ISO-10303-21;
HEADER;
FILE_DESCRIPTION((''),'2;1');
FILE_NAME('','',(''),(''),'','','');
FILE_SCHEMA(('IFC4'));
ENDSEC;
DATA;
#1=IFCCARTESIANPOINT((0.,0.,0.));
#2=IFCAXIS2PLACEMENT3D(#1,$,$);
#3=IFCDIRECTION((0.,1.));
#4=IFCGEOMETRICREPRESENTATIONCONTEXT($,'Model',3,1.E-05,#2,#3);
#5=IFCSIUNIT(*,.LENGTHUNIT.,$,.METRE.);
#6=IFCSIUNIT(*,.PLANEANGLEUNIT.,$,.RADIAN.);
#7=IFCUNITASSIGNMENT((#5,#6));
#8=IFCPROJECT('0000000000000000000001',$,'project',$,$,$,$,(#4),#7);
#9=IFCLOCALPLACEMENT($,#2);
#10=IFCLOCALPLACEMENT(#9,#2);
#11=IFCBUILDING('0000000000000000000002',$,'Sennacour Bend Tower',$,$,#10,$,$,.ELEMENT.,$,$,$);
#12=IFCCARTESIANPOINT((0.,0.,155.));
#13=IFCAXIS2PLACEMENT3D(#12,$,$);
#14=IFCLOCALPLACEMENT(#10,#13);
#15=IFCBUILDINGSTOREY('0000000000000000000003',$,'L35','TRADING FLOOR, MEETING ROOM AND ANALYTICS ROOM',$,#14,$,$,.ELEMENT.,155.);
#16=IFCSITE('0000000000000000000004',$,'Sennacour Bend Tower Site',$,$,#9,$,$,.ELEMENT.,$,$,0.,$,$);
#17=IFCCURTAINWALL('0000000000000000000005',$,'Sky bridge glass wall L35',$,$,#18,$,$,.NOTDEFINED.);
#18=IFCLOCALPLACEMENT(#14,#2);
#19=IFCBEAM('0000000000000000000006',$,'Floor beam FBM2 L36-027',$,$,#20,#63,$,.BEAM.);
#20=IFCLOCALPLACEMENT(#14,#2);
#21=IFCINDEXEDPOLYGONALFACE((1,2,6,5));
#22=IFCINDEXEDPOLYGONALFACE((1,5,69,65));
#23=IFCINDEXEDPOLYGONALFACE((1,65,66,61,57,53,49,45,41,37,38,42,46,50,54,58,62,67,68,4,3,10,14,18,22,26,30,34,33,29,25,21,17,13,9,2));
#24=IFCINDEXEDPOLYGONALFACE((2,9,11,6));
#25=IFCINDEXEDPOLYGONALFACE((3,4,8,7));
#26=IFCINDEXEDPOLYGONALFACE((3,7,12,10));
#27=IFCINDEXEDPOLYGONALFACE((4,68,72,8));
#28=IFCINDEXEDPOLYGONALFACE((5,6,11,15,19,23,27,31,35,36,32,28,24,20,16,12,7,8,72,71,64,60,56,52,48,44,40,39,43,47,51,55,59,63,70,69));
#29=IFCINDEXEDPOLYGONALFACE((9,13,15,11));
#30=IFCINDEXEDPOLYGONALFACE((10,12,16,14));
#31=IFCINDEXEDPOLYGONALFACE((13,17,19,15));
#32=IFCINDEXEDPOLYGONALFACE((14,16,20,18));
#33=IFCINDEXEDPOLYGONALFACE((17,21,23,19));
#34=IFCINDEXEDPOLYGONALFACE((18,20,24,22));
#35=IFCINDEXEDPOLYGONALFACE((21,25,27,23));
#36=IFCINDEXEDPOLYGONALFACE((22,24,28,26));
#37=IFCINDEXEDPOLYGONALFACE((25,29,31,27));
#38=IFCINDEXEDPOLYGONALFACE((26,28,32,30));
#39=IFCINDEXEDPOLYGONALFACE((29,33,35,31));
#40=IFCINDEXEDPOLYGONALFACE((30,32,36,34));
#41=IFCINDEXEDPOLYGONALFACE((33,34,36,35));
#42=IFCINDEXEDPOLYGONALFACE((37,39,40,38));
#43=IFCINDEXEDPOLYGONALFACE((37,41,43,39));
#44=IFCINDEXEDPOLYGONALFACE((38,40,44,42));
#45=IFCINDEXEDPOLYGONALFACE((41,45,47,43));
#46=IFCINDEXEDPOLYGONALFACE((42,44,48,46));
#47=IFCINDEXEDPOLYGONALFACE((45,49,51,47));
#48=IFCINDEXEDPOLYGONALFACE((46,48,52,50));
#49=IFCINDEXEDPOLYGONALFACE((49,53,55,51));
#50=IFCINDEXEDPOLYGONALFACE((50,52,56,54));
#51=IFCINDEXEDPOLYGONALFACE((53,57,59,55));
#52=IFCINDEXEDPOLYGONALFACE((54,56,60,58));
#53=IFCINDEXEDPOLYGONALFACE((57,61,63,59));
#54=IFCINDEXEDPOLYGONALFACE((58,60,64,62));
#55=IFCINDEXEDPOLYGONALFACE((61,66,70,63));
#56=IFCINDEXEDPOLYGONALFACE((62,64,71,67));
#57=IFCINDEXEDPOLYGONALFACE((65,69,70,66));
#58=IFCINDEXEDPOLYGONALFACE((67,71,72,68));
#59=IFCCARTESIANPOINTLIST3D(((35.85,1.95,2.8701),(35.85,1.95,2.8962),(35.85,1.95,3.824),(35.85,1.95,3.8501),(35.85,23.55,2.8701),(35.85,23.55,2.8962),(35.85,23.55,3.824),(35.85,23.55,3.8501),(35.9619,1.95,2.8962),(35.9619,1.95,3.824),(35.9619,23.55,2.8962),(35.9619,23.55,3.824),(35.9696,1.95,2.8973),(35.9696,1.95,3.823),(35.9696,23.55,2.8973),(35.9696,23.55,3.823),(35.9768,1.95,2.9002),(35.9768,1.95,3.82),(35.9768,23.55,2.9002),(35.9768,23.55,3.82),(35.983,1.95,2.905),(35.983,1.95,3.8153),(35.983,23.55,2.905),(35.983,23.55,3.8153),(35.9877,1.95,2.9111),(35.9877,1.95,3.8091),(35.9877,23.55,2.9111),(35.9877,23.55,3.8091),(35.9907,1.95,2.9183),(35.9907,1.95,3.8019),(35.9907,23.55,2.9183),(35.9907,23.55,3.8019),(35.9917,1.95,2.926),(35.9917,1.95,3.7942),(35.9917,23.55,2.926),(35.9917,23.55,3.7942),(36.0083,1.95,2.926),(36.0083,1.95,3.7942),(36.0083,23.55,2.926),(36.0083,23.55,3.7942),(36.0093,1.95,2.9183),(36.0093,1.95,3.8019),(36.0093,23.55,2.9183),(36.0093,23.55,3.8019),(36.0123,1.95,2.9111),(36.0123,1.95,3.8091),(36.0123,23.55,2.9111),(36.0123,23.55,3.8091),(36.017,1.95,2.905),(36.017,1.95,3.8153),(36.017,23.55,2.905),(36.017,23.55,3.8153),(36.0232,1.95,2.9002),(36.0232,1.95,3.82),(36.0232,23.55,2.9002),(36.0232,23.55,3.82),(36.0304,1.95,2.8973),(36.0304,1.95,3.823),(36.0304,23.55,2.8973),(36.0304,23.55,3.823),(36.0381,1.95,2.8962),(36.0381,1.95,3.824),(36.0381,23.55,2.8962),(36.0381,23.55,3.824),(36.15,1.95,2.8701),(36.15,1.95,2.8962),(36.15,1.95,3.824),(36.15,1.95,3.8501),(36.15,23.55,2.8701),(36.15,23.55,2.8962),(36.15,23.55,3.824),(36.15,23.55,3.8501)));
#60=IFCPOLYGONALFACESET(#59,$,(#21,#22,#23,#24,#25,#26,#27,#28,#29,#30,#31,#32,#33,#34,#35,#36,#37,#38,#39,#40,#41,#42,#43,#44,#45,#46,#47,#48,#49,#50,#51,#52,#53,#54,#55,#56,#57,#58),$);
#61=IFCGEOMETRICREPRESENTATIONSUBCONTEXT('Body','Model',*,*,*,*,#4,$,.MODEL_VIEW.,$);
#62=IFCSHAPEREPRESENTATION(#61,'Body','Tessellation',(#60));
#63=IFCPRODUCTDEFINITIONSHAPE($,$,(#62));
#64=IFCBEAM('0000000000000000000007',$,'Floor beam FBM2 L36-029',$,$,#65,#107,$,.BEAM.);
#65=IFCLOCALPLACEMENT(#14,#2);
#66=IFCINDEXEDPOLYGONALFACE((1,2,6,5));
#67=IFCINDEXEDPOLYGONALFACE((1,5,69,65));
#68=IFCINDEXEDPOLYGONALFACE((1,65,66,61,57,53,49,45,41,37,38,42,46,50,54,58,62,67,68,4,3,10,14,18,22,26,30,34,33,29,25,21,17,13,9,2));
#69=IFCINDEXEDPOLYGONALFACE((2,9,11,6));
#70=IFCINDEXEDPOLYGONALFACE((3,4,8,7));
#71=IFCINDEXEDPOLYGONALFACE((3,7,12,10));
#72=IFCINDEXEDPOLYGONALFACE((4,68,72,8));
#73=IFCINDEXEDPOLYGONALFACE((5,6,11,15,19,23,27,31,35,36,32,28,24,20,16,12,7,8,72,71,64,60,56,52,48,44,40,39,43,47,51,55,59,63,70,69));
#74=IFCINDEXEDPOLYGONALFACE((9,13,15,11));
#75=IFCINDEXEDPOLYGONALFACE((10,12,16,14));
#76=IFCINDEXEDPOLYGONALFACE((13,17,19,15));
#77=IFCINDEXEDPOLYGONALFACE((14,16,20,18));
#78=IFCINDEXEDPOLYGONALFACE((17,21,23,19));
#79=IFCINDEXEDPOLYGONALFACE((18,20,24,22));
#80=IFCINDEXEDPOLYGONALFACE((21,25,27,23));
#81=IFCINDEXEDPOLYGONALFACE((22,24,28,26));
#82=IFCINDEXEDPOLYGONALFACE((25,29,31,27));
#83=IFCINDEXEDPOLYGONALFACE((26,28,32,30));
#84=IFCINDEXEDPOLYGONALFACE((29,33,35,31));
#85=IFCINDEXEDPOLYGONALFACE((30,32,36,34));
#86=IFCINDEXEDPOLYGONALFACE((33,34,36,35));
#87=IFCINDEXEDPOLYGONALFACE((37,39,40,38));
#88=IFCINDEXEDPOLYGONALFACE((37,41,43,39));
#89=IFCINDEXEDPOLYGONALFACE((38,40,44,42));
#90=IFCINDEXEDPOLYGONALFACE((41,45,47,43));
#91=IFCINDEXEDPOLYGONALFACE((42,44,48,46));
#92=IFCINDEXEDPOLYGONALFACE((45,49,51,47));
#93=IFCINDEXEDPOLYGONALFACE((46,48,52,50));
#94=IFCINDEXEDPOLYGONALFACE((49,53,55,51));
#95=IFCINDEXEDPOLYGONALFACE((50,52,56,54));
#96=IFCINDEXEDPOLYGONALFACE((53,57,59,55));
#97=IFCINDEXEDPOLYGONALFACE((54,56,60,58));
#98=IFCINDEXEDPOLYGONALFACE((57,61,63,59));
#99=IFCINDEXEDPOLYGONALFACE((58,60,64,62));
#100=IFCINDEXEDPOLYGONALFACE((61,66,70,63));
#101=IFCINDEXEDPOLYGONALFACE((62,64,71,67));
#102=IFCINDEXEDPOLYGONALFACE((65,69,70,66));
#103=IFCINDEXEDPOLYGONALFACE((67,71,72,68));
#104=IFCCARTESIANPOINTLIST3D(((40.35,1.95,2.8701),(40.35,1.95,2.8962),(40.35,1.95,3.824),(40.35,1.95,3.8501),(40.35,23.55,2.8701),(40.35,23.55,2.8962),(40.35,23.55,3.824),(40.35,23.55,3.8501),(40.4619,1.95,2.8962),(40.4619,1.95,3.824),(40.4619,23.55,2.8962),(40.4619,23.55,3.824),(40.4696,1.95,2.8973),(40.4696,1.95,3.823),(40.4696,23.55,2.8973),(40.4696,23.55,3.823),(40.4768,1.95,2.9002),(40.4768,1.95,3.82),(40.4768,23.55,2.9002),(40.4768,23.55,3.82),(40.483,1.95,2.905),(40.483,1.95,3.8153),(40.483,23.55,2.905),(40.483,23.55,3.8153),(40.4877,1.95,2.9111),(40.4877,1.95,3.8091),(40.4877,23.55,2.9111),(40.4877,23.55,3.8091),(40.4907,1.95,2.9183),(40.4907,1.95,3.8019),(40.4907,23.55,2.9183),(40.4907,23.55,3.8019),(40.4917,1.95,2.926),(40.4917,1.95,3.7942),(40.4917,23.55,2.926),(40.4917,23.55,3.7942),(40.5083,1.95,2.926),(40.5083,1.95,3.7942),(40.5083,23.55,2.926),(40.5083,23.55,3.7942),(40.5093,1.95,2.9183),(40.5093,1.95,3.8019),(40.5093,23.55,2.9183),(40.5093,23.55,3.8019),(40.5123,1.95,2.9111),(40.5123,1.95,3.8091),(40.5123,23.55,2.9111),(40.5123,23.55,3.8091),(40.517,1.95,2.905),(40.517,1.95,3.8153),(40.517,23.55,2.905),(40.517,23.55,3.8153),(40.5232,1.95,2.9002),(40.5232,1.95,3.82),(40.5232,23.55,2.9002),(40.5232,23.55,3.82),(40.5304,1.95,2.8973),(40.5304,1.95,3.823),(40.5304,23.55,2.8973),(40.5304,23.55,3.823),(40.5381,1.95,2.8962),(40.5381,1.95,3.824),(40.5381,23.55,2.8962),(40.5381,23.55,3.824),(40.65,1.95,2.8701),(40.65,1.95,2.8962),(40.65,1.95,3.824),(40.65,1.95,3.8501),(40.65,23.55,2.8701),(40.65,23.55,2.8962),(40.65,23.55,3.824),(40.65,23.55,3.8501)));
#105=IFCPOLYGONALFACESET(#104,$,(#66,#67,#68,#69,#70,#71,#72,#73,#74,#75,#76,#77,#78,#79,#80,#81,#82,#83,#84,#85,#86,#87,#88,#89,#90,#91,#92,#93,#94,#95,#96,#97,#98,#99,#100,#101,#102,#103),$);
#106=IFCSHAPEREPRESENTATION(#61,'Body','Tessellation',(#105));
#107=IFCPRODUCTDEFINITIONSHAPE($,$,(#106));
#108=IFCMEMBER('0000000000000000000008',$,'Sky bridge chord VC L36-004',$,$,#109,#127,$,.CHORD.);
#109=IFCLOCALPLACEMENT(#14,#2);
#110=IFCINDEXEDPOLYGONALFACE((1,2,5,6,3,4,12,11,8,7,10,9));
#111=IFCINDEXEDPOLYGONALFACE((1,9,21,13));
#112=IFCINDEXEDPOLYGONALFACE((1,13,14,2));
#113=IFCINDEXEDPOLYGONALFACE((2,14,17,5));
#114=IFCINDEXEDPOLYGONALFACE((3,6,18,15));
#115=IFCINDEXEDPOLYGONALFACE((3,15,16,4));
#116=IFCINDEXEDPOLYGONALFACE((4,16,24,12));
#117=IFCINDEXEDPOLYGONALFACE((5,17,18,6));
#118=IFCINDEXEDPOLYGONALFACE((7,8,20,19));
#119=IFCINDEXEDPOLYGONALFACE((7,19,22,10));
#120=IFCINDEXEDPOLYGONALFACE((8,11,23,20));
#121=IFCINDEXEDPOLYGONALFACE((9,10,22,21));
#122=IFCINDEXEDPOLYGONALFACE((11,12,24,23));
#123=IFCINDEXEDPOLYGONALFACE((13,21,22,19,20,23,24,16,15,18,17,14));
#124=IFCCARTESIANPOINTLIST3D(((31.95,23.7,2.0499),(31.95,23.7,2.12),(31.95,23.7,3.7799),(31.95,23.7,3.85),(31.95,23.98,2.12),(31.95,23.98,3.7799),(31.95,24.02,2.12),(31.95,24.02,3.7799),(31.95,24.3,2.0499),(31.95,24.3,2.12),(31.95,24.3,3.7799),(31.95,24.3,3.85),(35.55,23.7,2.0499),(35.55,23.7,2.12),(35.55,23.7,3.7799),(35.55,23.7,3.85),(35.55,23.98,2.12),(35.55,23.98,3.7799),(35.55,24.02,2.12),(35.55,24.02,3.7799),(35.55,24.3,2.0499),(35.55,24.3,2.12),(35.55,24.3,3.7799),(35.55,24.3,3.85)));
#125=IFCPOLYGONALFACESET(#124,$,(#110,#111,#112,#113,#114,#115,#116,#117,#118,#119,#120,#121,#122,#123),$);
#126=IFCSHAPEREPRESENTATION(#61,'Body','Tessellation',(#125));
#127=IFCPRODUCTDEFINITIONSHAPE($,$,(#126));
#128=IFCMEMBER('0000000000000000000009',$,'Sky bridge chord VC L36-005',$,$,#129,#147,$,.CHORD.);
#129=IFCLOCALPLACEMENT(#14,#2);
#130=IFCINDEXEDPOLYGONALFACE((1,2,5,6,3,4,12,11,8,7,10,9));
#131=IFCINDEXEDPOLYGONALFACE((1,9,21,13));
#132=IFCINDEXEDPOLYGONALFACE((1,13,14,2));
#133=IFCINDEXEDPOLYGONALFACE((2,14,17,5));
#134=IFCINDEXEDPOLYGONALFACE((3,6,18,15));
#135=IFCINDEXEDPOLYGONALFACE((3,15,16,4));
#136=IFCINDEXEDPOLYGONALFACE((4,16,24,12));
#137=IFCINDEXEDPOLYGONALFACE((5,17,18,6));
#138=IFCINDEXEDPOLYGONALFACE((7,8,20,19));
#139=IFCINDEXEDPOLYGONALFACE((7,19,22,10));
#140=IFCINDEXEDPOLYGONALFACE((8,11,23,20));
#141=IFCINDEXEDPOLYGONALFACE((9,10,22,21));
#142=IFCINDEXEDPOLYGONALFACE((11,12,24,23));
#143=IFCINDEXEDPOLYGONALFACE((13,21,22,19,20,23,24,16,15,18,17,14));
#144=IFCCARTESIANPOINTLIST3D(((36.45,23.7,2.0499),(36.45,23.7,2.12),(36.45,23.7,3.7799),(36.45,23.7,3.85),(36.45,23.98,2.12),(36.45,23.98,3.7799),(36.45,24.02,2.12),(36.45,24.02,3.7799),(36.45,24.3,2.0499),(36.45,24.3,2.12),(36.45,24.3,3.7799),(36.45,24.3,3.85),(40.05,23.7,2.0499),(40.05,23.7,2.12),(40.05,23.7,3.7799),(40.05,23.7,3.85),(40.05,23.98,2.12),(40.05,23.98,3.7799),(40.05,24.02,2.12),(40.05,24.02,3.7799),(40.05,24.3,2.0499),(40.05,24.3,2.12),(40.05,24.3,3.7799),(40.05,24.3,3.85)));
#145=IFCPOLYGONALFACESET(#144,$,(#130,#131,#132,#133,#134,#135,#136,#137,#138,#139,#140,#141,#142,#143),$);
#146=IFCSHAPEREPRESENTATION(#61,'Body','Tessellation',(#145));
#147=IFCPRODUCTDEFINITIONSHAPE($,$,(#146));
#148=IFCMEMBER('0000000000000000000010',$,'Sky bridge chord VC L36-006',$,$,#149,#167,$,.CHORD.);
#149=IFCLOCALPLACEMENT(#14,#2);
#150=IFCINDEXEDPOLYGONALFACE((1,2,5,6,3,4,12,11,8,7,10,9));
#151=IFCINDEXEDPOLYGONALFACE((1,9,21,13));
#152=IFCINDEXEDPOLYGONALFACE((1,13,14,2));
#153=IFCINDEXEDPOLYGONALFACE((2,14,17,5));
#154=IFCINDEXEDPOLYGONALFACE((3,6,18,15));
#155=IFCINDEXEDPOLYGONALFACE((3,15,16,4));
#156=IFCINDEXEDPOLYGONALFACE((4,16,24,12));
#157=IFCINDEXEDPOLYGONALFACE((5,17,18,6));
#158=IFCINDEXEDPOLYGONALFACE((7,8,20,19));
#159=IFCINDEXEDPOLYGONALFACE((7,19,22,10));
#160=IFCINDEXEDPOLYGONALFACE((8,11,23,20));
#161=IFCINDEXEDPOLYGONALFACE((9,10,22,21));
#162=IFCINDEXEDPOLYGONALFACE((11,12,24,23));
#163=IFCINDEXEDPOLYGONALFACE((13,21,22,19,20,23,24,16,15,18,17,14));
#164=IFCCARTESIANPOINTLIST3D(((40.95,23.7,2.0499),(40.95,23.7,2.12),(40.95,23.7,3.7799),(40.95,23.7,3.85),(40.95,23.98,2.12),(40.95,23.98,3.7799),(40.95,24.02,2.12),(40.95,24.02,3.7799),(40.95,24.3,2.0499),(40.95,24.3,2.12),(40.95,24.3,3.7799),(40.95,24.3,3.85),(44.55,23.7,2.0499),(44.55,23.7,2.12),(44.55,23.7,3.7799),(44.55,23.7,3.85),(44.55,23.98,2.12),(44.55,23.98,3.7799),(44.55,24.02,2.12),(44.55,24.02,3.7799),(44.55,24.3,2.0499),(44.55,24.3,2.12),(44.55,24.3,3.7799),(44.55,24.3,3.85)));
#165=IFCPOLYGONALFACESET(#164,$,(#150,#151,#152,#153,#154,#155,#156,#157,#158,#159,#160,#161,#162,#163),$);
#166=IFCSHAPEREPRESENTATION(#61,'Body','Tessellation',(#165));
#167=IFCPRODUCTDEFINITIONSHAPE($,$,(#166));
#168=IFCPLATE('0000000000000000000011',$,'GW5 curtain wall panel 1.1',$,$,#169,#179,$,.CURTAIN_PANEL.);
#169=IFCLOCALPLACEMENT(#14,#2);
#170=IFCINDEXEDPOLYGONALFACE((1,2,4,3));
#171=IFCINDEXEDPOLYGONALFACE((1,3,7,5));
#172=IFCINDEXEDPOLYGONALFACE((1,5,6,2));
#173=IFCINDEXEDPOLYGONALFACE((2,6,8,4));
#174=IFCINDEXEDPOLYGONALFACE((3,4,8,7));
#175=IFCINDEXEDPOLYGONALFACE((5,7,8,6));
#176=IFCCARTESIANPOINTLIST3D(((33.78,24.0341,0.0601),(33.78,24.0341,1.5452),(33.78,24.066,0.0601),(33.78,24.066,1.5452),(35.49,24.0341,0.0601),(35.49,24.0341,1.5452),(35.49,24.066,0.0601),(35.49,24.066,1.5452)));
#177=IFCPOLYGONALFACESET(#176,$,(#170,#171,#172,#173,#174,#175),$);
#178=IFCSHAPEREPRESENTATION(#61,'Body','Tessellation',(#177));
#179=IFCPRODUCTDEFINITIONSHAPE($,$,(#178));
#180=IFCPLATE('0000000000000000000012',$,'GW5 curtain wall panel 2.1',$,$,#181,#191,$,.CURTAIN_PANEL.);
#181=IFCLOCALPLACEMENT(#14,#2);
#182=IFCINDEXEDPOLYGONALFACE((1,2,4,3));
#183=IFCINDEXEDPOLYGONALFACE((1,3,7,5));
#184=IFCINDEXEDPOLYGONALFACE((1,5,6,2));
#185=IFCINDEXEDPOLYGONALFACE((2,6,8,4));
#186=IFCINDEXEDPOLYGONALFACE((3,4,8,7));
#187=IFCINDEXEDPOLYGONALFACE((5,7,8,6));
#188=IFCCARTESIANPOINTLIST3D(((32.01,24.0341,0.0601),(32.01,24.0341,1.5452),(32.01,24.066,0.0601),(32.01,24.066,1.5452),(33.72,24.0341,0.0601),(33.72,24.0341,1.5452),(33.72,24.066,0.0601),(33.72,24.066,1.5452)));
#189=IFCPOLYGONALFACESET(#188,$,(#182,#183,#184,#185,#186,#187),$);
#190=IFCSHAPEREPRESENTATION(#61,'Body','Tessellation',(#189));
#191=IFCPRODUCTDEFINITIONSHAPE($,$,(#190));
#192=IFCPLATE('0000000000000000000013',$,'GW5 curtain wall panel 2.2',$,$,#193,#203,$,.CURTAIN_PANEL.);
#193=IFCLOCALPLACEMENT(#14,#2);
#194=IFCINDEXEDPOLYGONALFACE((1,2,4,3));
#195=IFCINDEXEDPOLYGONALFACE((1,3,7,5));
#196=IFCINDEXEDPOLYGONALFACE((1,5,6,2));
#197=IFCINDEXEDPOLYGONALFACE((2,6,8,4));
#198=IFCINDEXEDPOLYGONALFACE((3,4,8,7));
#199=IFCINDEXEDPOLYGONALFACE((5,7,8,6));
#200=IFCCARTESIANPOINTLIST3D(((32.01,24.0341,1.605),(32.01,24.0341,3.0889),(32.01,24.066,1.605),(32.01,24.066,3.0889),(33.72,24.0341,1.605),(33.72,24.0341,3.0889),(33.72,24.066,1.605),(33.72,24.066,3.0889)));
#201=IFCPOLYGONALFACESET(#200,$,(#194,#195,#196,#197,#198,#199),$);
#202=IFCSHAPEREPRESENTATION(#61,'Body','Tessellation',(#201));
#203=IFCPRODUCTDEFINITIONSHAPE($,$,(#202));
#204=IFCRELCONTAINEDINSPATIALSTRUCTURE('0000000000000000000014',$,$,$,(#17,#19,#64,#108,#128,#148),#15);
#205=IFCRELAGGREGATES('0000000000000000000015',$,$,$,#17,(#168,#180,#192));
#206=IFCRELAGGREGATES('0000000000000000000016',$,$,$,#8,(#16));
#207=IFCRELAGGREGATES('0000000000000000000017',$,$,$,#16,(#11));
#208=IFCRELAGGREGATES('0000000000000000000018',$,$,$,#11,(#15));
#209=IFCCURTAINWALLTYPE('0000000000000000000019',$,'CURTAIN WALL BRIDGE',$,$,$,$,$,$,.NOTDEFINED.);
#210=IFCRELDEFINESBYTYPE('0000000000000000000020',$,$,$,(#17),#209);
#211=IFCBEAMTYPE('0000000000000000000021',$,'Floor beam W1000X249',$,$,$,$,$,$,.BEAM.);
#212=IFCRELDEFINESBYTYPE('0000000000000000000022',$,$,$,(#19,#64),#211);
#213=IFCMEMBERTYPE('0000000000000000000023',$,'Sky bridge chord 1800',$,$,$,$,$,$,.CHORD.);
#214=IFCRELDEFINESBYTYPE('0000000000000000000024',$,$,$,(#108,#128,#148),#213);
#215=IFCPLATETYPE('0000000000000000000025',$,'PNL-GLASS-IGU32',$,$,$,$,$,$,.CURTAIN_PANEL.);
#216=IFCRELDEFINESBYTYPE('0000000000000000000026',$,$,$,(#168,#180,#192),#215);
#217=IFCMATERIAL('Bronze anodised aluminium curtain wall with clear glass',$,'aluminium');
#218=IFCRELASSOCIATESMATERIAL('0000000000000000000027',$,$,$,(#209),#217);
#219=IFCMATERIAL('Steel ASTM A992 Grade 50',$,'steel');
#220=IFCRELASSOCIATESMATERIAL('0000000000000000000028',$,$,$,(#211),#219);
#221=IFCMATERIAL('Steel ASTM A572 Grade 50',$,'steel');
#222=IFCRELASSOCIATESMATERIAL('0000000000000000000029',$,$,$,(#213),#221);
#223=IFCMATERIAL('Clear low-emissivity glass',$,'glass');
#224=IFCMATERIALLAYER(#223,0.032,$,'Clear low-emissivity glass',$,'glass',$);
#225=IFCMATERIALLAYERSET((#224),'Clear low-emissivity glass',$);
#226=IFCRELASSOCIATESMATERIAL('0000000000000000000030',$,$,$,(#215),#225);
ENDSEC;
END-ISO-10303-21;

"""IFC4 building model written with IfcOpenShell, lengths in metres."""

from ifc_helpers import new_model, si_unit, direction, frame, origin, origin_2d, place, context, subcontext, project, spatial, rectangle, i_section, extrude, material, layer, layer_set, material_profile, profile_set, type_object, element, aggregate, save


model = new_model("IFC4")

# Units and contexts
model_context = context("Model", 3, precision=1e-05, world=origin(), true_north=direction((0.0, 1.0)))
body_context = subcontext(model_context, "Body", "Model", "MODEL_VIEW")
ifc_project = project(units=[si_unit("LENGTHUNIT", "METRE"), si_unit("PLANEANGLEUNIT", "RADIAN")], contexts=[model_context])

# Site, building, storey
site_placement = place(None, origin())
site = spatial("IfcSite", under=ifc_project, at=site_placement, Name="Sennacour Bend Tower Site", CompositionType="ELEMENT", RefElevation=0.0)
building_placement = place(site_placement, origin())
building = spatial("IfcBuilding", under=site, at=building_placement, Name="Sennacour Bend Tower", CompositionType="ELEMENT")
storey_placement = place(building_placement, frame((0.0, 0.0, 155.0)))
storey = spatial("IfcBuildingStorey", under=building, at=storey_placement, Name="L35", Description="TRADING FLOOR, MEETING ROOM AND ANALYTICS ROOM", CompositionType="ELEMENT", Elevation=155.0)

# Shared definitions
ifc_material_1 = material(Name="Steel ASTM A572 Grade 50", Category="steel")

# Curtain wall
ifc_material_2 = material(Name="Bronze anodised aluminium curtain wall with clear glass", Category="aluminium")
curtain_wall_type = type_object("IfcCurtainWallType", Name="CURTAIN WALL BRIDGE", PredefinedType="NOTDEFINED", material=ifc_material_2)
curtain_wall_placement = place(storey_placement, origin())
curtain_wall = element("IfcCurtainWall", 1, at=curtain_wall_placement, inside=storey, type_object=curtain_wall_type, Name="Sky bridge glass wall L35", PredefinedType="NOTDEFINED")

# Beams
ifc_material_3 = material(Name="Steel ASTM A992 Grade 50", Category="steel")
ifc_material_profile_1 = material_profile(ifc_material_3, i_section(OverallWidth=0.3, OverallDepth=0.98, WebThickness=0.0166, FlangeThickness=0.0261, FilletRadius=0.0298, at=origin_2d()), Name="Steel ASTM A992 Grade 50", Category="steel")
ifc_profile_set_1 = profile_set([ifc_material_profile_1], Name="Steel ASTM A992 Grade 50")
beam_type = type_object("IfcBeamType", Name="Floor beam W1000X249", PredefinedType="BEAM", material=ifc_profile_set_1)
for number, where, z_axis, x_axis, name in (
    (2, (36.0, 1.95, 3.3601), (0.0, 1.0, 0.0), (-1.0, 0.0, 0.0), "Floor beam FBM2 L36-027"),
    (3, (40.5, 1.95, 3.3601), (0.0, 1.0, 0.0), (-1.0, 0.0, 0.0), "Floor beam FBM2 L36-029"),
):
    element("IfcBeam", number, at=place(storey_placement, frame(where, z_axis=z_axis, x_axis=x_axis)), inside=storey, type_object=beam_type, Name=name, PredefinedType="BEAM", context=body_context, shape_type="SweptSolid", body=[
        extrude(i_section(OverallWidth=0.3, OverallDepth=0.98, WebThickness=0.0166, FlangeThickness=0.0261, FilletRadius=0.0298, at=origin_2d()), origin(), (0.0, 0.0, 1.0), 21.6001),
    ])

# Members
ifc_material_profile_2 = material_profile(ifc_material_1, i_section(OverallWidth=0.6001, OverallDepth=1.8, WebThickness=0.04, FlangeThickness=0.0701, at=origin_2d()), Name="Steel ASTM A572 Grade 50", Category="steel")
ifc_profile_set_2 = profile_set([ifc_material_profile_2], Name="Steel ASTM A572 Grade 50")
member_type_1 = type_object("IfcMemberType", Name="Sky bridge chord 1800", PredefinedType="CHORD", material=ifc_profile_set_2)
for number, where, z_axis, x_axis, name in (
    (4, (31.95, 24.0, 2.95), (1.0, 0.0, 0.0), (0.0, 1.0, 0.0), "Sky bridge chord VC L36-004"),
    (5, (36.45, 24.0, 2.95), (1.0, 0.0, 0.0), (0.0, 1.0, 0.0), "Sky bridge chord VC L36-005"),
    (6, (40.95, 24.0, 2.95), (1.0, 0.0, 0.0), (0.0, 1.0, 0.0), "Sky bridge chord VC L36-006"),
):
    element("IfcMember", number, at=place(storey_placement, frame(where, z_axis=z_axis, x_axis=x_axis)), inside=storey, type_object=member_type_1, Name=name, PredefinedType="CHORD", context=body_context, shape_type="SweptSolid", body=[
        extrude(i_section(OverallWidth=0.6001, OverallDepth=1.8, WebThickness=0.04, FlangeThickness=0.0701, at=origin_2d()), origin(), (0.0, 0.0, 1.0), 3.6001),
    ])

# Plates
ifc_material_4 = material(Name="Clear low-emissivity glass", Category="glass")
ifc_layer_1 = layer(ifc_material_4, 0.032, Name="Clear low-emissivity glass", Category="glass")
ifc_layer_set_1 = layer_set([ifc_layer_1], Name="Clear low-emissivity glass")
plate_type = type_object("IfcPlateType", Name="PNL-GLASS-IGU32", PredefinedType="CURTAIN_PANEL", material=ifc_layer_set_1)
plate_1_placement = place(storey_placement, frame((34.635, 24.05, 0.0601), z_axis=(0.0, 0.0, 1.0), x_axis=(-1.0, 0.0, 0.0)))
plate_1 = element("IfcPlate", 7, at=plate_1_placement, type_object=plate_type, Name="GW5 curtain wall panel 1.1", PredefinedType="CURTAIN_PANEL", context=body_context, shape_type="SweptSolid", body=[
    extrude(rectangle(XDim=1.71, YDim=0.032, at=origin_2d()), origin(), (0.0, 0.0, 1.0), 1.4851),
])
plate_2_placement = place(storey_placement, frame((32.865, 24.05, 0.0601), z_axis=(0.0, 0.0, 1.0), x_axis=(-1.0, 0.0, 0.0)))
plate_2 = element("IfcPlate", 8, at=plate_2_placement, type_object=plate_type, Name="GW5 curtain wall panel 2.1", PredefinedType="CURTAIN_PANEL", context=body_context, shape_type="SweptSolid", body=[
    extrude(rectangle(XDim=1.71, YDim=0.032, at=origin_2d()), origin(), (0.0, 0.0, 1.0), 1.4851),
])
plate_3_placement = place(storey_placement, frame((32.865, 24.05, 1.605), z_axis=(0.0, 0.0, 1.0), x_axis=(-1.0, 0.0, 0.0)))
plate_3 = element("IfcPlate", 9, at=plate_3_placement, type_object=plate_type, Name="GW5 curtain wall panel 2.2", PredefinedType="CURTAIN_PANEL", context=body_context, shape_type="SweptSolid", body=[
    extrude(rectangle(XDim=1.71, YDim=0.032, at=origin_2d()), origin(), (0.0, 0.0, 1.0), 1.4839),
])
aggregate(curtain_wall, [plate_1, plate_2, plate_3])

save(model, "model.ifc")
